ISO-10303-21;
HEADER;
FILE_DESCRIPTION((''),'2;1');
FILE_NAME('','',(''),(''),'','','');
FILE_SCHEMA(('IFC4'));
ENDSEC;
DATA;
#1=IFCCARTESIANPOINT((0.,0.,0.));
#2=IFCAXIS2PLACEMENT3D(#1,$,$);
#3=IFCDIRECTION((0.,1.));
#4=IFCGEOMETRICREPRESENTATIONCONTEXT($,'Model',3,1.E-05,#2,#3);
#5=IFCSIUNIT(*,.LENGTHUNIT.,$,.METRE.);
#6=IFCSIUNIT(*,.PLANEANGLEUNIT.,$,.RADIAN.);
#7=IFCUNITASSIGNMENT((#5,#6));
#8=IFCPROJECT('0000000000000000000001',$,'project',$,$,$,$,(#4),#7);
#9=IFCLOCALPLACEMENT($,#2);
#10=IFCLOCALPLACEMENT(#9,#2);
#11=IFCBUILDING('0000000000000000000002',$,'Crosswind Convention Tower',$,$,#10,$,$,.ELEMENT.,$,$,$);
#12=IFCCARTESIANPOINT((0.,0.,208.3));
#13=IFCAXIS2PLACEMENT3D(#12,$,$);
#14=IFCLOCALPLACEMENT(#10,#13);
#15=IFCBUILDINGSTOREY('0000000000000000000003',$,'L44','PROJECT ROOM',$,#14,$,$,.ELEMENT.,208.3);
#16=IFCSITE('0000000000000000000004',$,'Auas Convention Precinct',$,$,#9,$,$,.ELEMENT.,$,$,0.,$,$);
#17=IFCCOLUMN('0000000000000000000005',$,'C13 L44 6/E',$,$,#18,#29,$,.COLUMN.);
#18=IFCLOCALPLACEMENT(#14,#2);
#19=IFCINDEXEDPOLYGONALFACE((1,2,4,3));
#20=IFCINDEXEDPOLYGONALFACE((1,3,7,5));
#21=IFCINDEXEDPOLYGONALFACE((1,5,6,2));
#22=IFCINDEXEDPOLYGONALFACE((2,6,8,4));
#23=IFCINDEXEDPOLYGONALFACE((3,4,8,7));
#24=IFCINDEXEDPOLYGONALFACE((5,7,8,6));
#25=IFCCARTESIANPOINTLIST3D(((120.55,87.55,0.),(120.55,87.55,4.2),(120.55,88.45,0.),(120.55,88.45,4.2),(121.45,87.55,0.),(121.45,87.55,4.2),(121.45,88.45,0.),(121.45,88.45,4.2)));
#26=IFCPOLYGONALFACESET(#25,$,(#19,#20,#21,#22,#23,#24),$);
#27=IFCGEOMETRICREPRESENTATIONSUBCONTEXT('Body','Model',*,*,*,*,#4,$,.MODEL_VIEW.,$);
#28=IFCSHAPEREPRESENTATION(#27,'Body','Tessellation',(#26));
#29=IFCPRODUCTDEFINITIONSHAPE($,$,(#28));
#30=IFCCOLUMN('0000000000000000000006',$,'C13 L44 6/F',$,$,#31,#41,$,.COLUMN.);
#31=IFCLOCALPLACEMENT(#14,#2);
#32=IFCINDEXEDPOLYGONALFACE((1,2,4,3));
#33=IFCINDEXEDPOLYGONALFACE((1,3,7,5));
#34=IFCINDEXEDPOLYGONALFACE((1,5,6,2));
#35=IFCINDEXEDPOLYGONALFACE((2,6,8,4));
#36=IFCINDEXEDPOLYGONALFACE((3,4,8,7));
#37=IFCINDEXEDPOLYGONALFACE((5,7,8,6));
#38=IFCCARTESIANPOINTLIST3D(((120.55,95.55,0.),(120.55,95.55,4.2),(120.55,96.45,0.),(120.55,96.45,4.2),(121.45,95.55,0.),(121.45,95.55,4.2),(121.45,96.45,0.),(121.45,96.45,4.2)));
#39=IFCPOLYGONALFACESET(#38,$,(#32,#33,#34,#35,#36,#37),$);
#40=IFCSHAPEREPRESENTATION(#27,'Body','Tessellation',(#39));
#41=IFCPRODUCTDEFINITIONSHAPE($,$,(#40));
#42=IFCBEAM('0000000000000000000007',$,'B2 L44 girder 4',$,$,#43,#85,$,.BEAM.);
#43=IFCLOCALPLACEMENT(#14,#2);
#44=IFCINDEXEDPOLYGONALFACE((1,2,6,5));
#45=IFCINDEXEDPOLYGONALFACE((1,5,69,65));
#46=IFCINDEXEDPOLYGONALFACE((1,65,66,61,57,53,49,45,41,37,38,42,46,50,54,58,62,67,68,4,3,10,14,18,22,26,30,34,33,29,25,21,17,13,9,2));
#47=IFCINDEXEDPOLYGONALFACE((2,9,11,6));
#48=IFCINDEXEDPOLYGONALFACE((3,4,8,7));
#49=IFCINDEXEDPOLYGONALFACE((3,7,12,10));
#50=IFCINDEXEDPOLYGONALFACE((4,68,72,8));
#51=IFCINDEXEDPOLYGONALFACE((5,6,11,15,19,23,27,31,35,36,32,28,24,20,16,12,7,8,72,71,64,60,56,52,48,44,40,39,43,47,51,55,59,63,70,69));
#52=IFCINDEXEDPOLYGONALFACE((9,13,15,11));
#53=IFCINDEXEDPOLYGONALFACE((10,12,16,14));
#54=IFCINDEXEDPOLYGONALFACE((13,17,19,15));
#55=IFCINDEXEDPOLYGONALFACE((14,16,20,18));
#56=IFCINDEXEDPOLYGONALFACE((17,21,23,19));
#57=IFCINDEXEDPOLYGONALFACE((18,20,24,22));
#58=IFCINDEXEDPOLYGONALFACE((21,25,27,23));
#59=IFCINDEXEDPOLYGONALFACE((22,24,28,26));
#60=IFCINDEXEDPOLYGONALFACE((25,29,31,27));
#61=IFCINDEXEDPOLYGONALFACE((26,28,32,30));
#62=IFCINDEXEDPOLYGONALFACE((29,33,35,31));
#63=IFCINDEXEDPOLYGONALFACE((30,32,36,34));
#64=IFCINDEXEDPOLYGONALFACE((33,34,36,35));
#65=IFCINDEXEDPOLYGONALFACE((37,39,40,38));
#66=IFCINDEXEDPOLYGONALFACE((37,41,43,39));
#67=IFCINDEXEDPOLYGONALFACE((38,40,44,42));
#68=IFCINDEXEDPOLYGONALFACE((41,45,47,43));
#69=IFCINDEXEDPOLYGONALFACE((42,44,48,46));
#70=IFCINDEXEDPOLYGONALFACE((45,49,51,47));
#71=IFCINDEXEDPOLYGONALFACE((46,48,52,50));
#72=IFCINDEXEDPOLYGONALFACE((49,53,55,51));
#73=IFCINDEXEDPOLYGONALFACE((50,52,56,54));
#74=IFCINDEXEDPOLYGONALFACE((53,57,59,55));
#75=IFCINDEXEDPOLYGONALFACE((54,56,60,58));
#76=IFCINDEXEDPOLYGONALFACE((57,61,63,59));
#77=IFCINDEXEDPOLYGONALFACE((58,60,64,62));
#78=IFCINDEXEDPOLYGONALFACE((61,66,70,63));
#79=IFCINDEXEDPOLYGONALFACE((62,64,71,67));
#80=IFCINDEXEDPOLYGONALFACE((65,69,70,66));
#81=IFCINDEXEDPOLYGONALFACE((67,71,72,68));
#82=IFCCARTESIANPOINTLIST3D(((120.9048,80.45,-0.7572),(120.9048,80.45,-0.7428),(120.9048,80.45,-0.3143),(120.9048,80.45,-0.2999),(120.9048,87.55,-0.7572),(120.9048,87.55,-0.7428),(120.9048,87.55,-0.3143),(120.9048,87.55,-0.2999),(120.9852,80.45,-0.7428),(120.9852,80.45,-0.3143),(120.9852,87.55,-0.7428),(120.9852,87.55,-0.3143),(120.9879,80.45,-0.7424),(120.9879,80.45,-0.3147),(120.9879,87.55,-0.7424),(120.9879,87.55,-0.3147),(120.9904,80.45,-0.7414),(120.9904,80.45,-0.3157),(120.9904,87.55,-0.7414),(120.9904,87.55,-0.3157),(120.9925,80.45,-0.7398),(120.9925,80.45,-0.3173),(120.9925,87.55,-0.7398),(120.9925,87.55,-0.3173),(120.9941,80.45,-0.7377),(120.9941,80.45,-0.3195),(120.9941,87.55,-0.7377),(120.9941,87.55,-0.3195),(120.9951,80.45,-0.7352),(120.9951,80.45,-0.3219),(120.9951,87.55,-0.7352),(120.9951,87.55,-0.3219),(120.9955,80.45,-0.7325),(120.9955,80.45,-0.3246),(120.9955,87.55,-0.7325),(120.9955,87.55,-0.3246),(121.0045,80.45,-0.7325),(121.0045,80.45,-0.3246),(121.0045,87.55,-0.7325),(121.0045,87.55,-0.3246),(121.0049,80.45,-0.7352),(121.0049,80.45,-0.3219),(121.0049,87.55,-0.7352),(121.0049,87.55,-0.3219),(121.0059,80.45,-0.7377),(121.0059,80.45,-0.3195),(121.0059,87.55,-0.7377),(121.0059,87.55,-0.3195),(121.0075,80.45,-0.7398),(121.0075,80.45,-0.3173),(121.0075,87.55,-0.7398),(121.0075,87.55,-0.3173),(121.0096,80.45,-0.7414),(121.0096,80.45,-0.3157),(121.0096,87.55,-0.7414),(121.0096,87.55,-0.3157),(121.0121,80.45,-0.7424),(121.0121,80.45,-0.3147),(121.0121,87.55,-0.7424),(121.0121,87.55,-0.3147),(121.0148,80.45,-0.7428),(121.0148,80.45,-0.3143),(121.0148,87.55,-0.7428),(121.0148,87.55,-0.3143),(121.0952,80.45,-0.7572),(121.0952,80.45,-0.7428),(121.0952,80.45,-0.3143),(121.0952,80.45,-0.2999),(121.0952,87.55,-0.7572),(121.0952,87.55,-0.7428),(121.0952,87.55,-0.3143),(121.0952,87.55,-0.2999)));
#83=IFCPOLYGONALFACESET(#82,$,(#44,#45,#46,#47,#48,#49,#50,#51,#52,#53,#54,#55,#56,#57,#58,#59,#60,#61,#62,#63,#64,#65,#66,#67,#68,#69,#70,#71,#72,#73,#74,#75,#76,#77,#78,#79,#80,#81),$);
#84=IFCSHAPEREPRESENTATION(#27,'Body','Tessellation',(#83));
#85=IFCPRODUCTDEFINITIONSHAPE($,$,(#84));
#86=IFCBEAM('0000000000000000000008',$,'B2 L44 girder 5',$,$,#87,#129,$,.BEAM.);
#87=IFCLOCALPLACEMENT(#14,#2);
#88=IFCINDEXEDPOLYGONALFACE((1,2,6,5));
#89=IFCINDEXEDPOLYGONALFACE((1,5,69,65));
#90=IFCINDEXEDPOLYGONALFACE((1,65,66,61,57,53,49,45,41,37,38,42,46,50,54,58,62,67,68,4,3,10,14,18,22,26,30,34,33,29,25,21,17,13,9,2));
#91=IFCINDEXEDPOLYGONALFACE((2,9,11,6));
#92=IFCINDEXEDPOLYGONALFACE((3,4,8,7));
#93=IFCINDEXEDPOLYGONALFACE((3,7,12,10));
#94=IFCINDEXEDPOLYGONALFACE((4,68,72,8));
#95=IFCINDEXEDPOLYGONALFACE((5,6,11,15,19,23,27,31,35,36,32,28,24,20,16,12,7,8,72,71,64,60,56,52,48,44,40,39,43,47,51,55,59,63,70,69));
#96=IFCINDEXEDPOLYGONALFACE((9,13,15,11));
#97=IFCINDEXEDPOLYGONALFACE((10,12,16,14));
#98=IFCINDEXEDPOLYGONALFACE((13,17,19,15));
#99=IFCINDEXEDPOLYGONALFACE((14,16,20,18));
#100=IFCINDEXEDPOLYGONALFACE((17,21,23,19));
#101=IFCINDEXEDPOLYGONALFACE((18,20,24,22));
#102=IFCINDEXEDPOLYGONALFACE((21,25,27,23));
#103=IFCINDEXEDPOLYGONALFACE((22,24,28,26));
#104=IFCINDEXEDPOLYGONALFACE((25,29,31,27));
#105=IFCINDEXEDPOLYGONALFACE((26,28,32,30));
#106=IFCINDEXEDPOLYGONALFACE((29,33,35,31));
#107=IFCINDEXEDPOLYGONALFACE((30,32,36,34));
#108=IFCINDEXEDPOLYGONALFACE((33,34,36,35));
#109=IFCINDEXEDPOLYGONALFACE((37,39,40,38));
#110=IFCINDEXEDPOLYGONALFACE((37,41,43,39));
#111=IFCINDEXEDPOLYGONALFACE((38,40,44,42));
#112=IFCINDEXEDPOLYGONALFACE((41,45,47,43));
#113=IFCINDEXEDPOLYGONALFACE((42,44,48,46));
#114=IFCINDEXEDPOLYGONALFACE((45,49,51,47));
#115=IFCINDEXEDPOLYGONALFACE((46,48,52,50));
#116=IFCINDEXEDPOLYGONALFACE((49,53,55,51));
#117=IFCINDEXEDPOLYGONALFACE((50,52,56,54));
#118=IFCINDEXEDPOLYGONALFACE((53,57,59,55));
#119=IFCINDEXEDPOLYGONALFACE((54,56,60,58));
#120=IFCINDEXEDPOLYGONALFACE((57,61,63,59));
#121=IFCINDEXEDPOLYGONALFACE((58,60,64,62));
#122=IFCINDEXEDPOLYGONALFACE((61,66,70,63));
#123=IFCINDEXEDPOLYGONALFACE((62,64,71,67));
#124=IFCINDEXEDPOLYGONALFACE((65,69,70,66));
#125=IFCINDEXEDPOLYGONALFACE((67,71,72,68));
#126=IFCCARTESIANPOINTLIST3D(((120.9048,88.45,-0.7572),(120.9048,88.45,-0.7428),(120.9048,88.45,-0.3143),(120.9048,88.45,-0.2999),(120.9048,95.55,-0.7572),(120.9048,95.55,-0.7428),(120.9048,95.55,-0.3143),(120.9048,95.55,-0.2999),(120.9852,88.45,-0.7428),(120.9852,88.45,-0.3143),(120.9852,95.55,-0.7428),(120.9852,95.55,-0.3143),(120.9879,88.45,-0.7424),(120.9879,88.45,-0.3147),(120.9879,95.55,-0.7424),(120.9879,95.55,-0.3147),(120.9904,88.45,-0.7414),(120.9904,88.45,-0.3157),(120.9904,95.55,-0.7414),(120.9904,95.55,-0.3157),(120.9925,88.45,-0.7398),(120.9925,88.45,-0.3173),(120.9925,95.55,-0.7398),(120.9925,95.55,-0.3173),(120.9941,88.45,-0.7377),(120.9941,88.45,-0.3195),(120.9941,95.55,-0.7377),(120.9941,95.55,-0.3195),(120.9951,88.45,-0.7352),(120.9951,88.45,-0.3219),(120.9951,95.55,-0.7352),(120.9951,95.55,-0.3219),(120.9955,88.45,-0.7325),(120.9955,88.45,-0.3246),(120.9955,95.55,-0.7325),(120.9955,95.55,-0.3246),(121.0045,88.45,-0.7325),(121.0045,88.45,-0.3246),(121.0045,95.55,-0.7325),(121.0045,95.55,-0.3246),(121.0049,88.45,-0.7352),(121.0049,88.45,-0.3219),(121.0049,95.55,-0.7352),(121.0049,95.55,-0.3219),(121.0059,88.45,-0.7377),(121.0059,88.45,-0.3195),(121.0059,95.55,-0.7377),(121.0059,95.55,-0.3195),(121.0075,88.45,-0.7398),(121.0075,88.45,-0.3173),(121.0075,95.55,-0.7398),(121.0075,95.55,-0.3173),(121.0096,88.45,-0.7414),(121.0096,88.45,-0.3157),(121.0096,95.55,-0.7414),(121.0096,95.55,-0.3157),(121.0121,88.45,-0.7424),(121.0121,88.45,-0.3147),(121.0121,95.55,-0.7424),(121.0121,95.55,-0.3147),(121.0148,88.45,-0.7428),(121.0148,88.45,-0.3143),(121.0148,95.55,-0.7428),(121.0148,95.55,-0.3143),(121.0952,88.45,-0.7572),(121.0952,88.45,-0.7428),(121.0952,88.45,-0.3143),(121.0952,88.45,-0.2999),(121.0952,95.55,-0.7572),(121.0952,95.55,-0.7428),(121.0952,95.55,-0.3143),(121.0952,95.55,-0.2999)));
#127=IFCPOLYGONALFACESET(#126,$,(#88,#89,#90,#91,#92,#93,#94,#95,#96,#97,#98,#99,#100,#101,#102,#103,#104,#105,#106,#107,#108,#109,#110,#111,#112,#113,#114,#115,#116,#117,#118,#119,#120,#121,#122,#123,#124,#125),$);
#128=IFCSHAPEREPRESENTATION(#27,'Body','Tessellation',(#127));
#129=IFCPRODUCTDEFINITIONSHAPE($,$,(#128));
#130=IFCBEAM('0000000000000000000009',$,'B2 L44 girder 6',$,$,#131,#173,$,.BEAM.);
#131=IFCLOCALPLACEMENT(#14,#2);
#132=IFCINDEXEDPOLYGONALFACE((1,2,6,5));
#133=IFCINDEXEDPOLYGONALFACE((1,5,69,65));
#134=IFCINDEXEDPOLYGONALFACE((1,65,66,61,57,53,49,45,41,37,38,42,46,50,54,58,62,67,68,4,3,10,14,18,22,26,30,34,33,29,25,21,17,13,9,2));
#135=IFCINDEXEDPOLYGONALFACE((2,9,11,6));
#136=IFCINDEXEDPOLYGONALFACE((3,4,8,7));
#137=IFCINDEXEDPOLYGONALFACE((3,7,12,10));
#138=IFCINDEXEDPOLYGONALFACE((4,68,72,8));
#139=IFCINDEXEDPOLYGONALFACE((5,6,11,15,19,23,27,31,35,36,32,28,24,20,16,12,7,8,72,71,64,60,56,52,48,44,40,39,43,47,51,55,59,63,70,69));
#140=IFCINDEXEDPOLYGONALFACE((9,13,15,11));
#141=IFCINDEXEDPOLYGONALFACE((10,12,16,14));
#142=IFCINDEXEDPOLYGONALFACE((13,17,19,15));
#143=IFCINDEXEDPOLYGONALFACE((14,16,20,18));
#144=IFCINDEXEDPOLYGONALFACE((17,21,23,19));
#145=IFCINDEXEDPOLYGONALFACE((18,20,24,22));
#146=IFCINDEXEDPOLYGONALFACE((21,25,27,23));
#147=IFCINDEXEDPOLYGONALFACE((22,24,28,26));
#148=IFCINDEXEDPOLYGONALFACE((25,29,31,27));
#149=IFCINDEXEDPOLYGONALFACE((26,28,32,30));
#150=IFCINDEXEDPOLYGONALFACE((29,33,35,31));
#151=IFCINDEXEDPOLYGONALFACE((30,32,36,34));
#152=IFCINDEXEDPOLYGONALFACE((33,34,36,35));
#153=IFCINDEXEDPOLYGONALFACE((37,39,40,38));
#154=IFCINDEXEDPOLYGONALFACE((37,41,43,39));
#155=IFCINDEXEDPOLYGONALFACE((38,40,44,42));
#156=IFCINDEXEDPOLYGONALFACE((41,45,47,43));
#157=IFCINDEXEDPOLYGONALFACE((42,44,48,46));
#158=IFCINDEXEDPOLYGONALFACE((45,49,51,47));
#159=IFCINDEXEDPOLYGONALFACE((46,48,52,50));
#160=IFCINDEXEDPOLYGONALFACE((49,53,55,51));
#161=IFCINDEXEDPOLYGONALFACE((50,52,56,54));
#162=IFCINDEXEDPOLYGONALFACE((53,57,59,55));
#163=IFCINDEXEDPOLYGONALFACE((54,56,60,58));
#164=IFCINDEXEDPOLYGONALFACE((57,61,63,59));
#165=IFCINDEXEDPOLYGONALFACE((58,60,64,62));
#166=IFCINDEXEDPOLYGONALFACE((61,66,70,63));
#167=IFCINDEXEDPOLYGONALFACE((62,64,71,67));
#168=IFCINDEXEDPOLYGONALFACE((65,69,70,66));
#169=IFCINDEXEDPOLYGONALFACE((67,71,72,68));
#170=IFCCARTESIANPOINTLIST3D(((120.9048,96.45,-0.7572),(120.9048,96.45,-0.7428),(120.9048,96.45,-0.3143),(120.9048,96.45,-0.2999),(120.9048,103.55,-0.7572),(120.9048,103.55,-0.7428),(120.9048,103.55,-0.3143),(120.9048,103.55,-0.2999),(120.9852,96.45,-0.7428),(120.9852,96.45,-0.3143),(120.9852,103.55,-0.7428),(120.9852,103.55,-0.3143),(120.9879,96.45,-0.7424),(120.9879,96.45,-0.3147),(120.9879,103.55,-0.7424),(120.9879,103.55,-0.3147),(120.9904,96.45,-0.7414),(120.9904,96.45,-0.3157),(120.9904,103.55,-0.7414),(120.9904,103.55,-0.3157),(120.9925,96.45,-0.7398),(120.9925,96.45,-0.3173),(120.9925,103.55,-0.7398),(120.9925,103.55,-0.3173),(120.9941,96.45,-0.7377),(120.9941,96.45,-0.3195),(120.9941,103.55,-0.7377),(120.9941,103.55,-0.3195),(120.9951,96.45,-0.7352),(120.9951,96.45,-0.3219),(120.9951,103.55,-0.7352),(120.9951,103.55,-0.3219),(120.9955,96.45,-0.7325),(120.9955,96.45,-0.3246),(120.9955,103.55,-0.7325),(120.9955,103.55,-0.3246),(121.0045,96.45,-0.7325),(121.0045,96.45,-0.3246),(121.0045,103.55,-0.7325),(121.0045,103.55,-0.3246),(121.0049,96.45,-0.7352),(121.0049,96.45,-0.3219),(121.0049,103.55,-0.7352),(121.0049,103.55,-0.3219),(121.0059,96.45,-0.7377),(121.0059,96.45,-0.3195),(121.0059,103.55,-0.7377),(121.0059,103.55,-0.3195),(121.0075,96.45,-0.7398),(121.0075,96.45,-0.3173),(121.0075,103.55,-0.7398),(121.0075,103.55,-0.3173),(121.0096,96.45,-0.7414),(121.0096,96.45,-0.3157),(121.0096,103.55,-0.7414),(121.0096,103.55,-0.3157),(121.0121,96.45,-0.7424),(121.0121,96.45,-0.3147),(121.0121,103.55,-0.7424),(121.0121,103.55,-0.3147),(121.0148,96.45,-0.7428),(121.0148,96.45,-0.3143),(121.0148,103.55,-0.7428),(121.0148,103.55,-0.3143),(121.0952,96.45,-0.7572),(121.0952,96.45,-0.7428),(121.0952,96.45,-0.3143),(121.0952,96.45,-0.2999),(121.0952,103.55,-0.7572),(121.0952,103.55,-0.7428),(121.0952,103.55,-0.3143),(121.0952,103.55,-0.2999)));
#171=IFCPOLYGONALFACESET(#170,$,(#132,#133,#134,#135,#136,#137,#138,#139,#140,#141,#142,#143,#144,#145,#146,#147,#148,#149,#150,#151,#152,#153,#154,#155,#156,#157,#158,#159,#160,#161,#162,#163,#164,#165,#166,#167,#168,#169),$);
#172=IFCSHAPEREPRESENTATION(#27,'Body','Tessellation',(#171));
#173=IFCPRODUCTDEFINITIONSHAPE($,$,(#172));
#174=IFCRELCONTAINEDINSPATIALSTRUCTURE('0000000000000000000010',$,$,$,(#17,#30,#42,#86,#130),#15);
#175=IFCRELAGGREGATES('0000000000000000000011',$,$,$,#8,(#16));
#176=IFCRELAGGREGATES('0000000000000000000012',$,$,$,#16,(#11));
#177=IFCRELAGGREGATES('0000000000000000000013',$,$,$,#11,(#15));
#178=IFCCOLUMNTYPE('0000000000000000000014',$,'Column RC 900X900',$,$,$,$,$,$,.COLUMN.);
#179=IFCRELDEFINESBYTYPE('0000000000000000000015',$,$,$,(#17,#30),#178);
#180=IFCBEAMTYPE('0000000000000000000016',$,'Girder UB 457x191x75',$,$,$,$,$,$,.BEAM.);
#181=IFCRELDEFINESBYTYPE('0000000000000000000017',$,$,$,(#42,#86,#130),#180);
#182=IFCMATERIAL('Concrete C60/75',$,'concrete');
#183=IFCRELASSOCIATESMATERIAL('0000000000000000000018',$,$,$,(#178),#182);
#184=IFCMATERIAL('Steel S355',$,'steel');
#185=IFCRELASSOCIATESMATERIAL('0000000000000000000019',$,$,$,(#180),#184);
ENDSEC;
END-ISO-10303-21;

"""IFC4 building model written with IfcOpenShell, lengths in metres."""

from ifc_helpers import new_model, si_unit, direction, frame, origin, origin_2d, place, context, subcontext, project, spatial, rectangle, i_section, extrude, material, material_profile, profile_set, type_object, element, save


model = new_model("IFC4")

# Units and contexts
model_context = context("Model", 3, precision=1e-05, world=origin(), true_north=direction((0.0, 1.0)))
body_context = subcontext(model_context, "Body", "Model", "MODEL_VIEW")
ifc_project = project(units=[si_unit("LENGTHUNIT", "METRE"), si_unit("PLANEANGLEUNIT", "RADIAN")], contexts=[model_context])

# Site, building, storey
site_placement = place(None, origin())
site = spatial("IfcSite", under=ifc_project, at=site_placement, Name="Auas Convention Precinct", CompositionType="ELEMENT", RefElevation=0.0)
building_placement = place(site_placement, origin())
building = spatial("IfcBuilding", under=site, at=building_placement, Name="Crosswind Convention Tower", CompositionType="ELEMENT")
storey_placement = place(building_placement, frame((0.0, 0.0, 208.3)))
storey = spatial("IfcBuildingStorey", under=building, at=storey_placement, Name="L44", Description="PROJECT ROOM", CompositionType="ELEMENT", Elevation=208.3)

# Columns
ifc_material_1 = material(Name="Concrete C60/75", Category="concrete")
ifc_material_profile_1 = material_profile(ifc_material_1, rectangle(XDim=0.8999, YDim=0.8999, at=origin_2d()), Name="RC 900X900")
ifc_profile_set_1 = profile_set([ifc_material_profile_1], Name="Concrete C60/75")
column_type = type_object("IfcColumnType", Name="Column RC 900X900", PredefinedType="COLUMN", material=ifc_profile_set_1)
for number, where, z_axis, x_axis, name in (
    (1, (121.0, 88.0, 0.0), (0.0, 0.0, 1.0), (1.0, 0.0, 0.0), "C13 L44 6/E"),
    (2, (121.0, 96.0, 0.0), (0.0, 0.0, 1.0), (1.0, 0.0, 0.0), "C13 L44 6/F"),
):
    element("IfcColumn", number, at=place(storey_placement, frame(where, z_axis=z_axis, x_axis=x_axis)), inside=storey, type_object=column_type, Name=name, PredefinedType="COLUMN", context=body_context, shape_type="SweptSolid", body=[
        extrude(rectangle(XDim=0.8999, YDim=0.8999, at=origin_2d()), origin(), (0.0, 0.0, 1.0), 4.2),
    ])

# Beams
ifc_material_2 = material(Name="Steel S355", Category="steel")
ifc_material_profile_2 = material_profile(ifc_material_2, i_section(OverallWidth=0.1904, OverallDepth=0.4573, WebThickness=0.009, FlangeThickness=0.0144, FilletRadius=0.0103, at=origin_2d()), Name="UB 457x191x75")
ifc_profile_set_2 = profile_set([ifc_material_profile_2], Name="Steel S355")
beam_type_1 = type_object("IfcBeamType", Name="Girder UB 457x191x75", PredefinedType="BEAM", material=ifc_profile_set_2)
for number, where, z_axis, x_axis, name in (
    (3, (121.0, 80.45, -0.5286), (0.0, 1.0, 0.0), (-1.0, 0.0, 0.0), "B2 L44 girder 4"),
    (4, (121.0, 88.45, -0.5286), (0.0, 1.0, 0.0), (-1.0, 0.0, 0.0), "B2 L44 girder 5"),
    (5, (121.0, 96.45, -0.5286), (0.0, 1.0, 0.0), (-1.0, 0.0, 0.0), "B2 L44 girder 6"),
):
    element("IfcBeam", number, at=place(storey_placement, frame(where, z_axis=z_axis, x_axis=x_axis)), inside=storey, type_object=beam_type_1, Name=name, PredefinedType="BEAM", context=body_context, shape_type="SweptSolid", body=[
        extrude(i_section(OverallWidth=0.1904, OverallDepth=0.4573, WebThickness=0.009, FlangeThickness=0.0144, FilletRadius=0.0103, at=origin_2d()), origin(), (0.0, 0.0, 1.0), 7.1001),
    ])

save(model, "model.ifc")
